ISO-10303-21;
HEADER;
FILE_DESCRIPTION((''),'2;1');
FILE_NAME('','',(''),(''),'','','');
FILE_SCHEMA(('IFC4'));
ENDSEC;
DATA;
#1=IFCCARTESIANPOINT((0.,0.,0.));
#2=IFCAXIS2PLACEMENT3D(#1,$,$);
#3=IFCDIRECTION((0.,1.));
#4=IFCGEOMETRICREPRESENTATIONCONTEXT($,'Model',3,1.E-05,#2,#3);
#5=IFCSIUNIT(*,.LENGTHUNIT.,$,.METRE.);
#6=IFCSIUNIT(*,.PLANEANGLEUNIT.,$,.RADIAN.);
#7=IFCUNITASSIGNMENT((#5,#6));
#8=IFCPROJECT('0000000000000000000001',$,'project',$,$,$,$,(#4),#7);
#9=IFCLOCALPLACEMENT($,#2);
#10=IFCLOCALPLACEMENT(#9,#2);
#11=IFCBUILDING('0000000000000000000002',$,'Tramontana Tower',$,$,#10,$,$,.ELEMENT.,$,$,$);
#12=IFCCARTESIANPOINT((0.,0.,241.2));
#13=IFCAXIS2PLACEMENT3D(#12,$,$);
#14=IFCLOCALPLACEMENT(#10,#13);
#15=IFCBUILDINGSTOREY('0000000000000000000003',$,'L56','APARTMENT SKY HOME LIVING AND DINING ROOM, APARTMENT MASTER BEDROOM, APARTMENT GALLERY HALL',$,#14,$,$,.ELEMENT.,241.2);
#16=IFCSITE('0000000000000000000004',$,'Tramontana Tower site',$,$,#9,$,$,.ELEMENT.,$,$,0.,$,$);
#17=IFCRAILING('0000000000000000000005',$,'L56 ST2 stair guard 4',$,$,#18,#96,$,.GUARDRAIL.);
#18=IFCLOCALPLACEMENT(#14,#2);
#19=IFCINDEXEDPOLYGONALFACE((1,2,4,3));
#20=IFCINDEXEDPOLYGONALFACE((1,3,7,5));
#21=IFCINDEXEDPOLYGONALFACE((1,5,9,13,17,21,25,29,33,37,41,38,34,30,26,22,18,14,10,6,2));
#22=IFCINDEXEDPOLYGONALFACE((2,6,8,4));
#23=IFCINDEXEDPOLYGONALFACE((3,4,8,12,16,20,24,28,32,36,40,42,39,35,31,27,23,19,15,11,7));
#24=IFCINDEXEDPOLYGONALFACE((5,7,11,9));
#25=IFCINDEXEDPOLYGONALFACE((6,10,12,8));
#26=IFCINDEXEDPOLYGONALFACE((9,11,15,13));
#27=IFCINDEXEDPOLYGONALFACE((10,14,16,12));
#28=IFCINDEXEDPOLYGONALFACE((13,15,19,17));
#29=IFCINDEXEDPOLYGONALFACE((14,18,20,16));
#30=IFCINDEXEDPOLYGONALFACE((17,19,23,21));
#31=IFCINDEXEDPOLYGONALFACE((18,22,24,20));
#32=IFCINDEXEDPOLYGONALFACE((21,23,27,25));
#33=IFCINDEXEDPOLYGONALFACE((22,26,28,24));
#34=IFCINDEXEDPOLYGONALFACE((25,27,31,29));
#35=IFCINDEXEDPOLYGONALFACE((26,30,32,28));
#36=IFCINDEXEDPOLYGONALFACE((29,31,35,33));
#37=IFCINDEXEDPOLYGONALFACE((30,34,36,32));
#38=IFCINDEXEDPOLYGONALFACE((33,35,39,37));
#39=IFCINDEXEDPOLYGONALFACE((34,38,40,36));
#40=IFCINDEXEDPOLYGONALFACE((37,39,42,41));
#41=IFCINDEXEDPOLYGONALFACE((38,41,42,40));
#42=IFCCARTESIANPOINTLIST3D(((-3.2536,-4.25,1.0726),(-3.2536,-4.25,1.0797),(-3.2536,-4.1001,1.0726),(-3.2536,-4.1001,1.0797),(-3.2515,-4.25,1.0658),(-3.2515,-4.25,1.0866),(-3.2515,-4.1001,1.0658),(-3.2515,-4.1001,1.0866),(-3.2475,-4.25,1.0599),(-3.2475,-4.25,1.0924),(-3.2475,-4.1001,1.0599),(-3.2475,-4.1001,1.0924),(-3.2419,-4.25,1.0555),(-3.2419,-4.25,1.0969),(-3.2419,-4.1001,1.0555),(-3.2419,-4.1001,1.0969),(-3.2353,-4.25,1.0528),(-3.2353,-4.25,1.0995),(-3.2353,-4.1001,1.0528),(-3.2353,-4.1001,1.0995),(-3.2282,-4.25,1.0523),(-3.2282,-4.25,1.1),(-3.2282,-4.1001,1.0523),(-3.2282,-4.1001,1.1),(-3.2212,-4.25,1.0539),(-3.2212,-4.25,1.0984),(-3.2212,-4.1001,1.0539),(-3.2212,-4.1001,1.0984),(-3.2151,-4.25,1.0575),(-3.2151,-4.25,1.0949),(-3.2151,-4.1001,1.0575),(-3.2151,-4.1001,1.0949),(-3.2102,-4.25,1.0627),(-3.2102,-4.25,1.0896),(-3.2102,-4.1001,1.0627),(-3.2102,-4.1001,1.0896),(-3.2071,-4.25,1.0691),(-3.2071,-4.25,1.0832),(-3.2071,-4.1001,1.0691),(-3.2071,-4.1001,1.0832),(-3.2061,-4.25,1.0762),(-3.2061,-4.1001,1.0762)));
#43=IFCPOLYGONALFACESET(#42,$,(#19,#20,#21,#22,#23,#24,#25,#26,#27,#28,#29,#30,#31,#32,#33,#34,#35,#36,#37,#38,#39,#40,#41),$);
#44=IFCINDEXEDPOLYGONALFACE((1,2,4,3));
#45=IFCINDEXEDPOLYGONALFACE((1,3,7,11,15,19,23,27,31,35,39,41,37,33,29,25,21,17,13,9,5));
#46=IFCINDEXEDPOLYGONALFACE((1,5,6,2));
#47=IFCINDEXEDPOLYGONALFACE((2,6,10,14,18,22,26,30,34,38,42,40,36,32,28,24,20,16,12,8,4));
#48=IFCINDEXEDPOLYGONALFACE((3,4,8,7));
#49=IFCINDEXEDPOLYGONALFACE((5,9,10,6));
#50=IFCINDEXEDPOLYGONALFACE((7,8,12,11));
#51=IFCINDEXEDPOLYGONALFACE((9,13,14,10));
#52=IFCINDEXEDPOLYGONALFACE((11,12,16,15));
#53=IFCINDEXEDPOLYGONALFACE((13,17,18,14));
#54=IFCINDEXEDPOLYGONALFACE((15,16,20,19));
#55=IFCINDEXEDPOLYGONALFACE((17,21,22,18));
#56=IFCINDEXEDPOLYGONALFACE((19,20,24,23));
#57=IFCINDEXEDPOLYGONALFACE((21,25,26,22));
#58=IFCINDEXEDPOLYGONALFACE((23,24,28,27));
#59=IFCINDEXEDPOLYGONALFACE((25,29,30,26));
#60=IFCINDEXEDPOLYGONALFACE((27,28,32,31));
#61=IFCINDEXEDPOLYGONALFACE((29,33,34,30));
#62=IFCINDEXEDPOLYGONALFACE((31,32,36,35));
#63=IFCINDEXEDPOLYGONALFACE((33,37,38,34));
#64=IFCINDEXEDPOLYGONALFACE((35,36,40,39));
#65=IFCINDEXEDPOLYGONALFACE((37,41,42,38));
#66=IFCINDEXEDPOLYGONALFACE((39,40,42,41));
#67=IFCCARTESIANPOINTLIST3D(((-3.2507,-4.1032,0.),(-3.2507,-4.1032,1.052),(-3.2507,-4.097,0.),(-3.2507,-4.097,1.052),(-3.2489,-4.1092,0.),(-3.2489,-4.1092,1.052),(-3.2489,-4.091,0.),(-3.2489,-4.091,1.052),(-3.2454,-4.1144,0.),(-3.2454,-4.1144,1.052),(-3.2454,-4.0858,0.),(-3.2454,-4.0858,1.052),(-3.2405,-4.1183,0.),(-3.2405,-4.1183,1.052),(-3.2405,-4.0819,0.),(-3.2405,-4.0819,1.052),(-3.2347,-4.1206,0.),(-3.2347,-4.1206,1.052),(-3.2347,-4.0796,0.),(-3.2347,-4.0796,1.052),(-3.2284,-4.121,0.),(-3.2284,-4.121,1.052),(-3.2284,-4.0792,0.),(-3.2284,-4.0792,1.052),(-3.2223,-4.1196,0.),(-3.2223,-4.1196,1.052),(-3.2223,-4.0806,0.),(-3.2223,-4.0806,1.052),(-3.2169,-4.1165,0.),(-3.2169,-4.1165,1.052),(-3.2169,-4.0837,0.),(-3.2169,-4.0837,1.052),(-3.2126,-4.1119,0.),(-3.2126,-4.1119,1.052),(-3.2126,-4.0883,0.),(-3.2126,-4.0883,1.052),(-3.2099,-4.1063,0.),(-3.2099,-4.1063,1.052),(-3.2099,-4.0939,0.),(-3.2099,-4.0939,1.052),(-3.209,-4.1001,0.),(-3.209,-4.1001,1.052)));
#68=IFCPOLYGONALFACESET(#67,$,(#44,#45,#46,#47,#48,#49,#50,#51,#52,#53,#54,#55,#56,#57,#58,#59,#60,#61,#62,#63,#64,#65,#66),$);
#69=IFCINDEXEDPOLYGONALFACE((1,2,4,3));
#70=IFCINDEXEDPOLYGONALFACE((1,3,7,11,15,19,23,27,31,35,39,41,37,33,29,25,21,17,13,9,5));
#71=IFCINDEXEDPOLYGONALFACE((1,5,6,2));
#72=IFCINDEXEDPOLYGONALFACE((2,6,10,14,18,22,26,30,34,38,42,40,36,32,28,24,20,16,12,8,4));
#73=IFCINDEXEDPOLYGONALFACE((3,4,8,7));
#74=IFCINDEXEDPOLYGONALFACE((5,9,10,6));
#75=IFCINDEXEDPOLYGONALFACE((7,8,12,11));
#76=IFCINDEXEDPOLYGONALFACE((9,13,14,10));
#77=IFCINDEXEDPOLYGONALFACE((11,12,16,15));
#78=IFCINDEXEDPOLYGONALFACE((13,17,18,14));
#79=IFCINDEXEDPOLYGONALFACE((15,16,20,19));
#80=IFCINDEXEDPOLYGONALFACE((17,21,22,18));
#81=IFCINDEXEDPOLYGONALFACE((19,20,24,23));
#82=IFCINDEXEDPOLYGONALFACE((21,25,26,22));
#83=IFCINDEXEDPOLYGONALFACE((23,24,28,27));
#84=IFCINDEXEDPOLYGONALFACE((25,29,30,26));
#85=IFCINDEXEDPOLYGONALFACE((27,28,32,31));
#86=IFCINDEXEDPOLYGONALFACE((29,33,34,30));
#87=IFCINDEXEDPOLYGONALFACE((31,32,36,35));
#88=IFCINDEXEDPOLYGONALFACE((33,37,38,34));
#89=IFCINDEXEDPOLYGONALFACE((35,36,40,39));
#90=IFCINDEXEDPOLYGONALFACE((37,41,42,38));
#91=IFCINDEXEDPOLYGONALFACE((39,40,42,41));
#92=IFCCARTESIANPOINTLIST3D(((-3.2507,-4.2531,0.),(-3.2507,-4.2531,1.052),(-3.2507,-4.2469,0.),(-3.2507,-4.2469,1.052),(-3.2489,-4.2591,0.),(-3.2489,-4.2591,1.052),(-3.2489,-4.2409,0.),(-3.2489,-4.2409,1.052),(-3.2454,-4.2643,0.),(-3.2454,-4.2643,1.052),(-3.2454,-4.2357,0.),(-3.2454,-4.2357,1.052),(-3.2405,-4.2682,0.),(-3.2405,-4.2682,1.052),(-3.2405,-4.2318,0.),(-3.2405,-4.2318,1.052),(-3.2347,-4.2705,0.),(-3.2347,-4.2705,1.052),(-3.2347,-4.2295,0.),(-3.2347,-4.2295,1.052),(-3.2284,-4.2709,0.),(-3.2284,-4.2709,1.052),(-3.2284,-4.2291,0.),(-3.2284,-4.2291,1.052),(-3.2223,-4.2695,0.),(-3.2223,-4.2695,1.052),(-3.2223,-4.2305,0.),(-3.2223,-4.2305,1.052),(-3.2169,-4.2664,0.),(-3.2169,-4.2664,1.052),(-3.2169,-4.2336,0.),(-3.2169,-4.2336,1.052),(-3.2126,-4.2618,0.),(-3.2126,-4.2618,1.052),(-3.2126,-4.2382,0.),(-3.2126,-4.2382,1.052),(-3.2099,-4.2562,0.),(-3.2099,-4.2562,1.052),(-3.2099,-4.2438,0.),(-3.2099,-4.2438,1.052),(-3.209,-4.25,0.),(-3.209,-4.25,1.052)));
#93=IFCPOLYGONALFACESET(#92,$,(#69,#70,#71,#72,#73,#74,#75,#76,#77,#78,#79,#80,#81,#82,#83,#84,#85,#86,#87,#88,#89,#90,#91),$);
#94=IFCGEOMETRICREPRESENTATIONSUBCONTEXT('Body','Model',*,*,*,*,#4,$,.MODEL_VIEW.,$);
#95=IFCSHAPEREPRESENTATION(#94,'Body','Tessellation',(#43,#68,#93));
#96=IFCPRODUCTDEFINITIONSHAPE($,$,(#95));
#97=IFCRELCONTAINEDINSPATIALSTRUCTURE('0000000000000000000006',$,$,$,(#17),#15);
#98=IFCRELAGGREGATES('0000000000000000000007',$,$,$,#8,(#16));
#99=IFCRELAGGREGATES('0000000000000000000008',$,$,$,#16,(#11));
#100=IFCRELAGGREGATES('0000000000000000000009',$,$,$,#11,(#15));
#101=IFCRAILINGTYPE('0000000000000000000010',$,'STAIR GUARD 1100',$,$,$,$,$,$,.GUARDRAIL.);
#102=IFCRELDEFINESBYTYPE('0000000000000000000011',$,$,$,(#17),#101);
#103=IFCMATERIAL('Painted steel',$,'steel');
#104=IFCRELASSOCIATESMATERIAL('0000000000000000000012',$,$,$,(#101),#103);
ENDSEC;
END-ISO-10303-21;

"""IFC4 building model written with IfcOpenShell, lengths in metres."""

from ifc_helpers import new_model, si_unit, direction, frame, origin, origin_2d, place, context, subcontext, project, spatial, circle, extrude, material, type_object, element, save


model = new_model("IFC4")

# Units and contexts
model_context = context("Model", 3, precision=1e-05, world=origin(), true_north=direction((0.0, 1.0)))
body_context = subcontext(model_context, "Body", "Model", "MODEL_VIEW")
ifc_project = project(units=[si_unit("LENGTHUNIT", "METRE"), si_unit("PLANEANGLEUNIT", "RADIAN")], contexts=[model_context])

# Site, building, storey
site_placement = place(None, origin())
site = spatial("IfcSite", under=ifc_project, at=site_placement, Name="Tramontana Tower site", CompositionType="ELEMENT", RefElevation=0.0)
building_placement = place(site_placement, origin())
building = spatial("IfcBuilding", under=site, at=building_placement, Name="Tramontana Tower", CompositionType="ELEMENT")
storey_placement = place(building_placement, frame((0.0, 0.0, 241.2)))
storey = spatial("IfcBuildingStorey", under=building, at=storey_placement, Name="L56", Description="APARTMENT SKY HOME LIVING AND DINING ROOM, APARTMENT MASTER BEDROOM, APARTMENT GALLERY HALL", CompositionType="ELEMENT", Elevation=241.2)

# Railing
ifc_material_1 = material(Name="Painted steel", Category="steel")
railing_type_1 = type_object("IfcRailingType", Name="STAIR GUARD 1100", PredefinedType="GUARDRAIL", material=ifc_material_1)
railing_1_placement = place(storey_placement, frame((-3.23, -4.1001, 0.0)))
element("IfcRailing", 1, at=railing_1_placement, inside=storey, type_object=railing_type_1, Name="L56 ST2 stair guard 4", PredefinedType="GUARDRAIL", context=body_context, shape_type="SweptSolid", body=[
    extrude(circle(Radius=0.0239, at=origin_2d()), frame((0.0, 0.0, 1.0762), z_axis=(0.0, -1.0, 0.0), x_axis=(1.0, 0.0, 0.0)), (0.0, 0.0, 1.0), 0.1499),
    extrude(circle(Radius=0.021, at=origin_2d()), origin(), (0.0, 0.0, 1.0), 1.052),
    extrude(circle(Radius=0.021, at=origin_2d()), frame((0.0, -0.1499, 0.0)), (0.0, 0.0, 1.0), 1.052),
])

save(model, "model.ifc")
